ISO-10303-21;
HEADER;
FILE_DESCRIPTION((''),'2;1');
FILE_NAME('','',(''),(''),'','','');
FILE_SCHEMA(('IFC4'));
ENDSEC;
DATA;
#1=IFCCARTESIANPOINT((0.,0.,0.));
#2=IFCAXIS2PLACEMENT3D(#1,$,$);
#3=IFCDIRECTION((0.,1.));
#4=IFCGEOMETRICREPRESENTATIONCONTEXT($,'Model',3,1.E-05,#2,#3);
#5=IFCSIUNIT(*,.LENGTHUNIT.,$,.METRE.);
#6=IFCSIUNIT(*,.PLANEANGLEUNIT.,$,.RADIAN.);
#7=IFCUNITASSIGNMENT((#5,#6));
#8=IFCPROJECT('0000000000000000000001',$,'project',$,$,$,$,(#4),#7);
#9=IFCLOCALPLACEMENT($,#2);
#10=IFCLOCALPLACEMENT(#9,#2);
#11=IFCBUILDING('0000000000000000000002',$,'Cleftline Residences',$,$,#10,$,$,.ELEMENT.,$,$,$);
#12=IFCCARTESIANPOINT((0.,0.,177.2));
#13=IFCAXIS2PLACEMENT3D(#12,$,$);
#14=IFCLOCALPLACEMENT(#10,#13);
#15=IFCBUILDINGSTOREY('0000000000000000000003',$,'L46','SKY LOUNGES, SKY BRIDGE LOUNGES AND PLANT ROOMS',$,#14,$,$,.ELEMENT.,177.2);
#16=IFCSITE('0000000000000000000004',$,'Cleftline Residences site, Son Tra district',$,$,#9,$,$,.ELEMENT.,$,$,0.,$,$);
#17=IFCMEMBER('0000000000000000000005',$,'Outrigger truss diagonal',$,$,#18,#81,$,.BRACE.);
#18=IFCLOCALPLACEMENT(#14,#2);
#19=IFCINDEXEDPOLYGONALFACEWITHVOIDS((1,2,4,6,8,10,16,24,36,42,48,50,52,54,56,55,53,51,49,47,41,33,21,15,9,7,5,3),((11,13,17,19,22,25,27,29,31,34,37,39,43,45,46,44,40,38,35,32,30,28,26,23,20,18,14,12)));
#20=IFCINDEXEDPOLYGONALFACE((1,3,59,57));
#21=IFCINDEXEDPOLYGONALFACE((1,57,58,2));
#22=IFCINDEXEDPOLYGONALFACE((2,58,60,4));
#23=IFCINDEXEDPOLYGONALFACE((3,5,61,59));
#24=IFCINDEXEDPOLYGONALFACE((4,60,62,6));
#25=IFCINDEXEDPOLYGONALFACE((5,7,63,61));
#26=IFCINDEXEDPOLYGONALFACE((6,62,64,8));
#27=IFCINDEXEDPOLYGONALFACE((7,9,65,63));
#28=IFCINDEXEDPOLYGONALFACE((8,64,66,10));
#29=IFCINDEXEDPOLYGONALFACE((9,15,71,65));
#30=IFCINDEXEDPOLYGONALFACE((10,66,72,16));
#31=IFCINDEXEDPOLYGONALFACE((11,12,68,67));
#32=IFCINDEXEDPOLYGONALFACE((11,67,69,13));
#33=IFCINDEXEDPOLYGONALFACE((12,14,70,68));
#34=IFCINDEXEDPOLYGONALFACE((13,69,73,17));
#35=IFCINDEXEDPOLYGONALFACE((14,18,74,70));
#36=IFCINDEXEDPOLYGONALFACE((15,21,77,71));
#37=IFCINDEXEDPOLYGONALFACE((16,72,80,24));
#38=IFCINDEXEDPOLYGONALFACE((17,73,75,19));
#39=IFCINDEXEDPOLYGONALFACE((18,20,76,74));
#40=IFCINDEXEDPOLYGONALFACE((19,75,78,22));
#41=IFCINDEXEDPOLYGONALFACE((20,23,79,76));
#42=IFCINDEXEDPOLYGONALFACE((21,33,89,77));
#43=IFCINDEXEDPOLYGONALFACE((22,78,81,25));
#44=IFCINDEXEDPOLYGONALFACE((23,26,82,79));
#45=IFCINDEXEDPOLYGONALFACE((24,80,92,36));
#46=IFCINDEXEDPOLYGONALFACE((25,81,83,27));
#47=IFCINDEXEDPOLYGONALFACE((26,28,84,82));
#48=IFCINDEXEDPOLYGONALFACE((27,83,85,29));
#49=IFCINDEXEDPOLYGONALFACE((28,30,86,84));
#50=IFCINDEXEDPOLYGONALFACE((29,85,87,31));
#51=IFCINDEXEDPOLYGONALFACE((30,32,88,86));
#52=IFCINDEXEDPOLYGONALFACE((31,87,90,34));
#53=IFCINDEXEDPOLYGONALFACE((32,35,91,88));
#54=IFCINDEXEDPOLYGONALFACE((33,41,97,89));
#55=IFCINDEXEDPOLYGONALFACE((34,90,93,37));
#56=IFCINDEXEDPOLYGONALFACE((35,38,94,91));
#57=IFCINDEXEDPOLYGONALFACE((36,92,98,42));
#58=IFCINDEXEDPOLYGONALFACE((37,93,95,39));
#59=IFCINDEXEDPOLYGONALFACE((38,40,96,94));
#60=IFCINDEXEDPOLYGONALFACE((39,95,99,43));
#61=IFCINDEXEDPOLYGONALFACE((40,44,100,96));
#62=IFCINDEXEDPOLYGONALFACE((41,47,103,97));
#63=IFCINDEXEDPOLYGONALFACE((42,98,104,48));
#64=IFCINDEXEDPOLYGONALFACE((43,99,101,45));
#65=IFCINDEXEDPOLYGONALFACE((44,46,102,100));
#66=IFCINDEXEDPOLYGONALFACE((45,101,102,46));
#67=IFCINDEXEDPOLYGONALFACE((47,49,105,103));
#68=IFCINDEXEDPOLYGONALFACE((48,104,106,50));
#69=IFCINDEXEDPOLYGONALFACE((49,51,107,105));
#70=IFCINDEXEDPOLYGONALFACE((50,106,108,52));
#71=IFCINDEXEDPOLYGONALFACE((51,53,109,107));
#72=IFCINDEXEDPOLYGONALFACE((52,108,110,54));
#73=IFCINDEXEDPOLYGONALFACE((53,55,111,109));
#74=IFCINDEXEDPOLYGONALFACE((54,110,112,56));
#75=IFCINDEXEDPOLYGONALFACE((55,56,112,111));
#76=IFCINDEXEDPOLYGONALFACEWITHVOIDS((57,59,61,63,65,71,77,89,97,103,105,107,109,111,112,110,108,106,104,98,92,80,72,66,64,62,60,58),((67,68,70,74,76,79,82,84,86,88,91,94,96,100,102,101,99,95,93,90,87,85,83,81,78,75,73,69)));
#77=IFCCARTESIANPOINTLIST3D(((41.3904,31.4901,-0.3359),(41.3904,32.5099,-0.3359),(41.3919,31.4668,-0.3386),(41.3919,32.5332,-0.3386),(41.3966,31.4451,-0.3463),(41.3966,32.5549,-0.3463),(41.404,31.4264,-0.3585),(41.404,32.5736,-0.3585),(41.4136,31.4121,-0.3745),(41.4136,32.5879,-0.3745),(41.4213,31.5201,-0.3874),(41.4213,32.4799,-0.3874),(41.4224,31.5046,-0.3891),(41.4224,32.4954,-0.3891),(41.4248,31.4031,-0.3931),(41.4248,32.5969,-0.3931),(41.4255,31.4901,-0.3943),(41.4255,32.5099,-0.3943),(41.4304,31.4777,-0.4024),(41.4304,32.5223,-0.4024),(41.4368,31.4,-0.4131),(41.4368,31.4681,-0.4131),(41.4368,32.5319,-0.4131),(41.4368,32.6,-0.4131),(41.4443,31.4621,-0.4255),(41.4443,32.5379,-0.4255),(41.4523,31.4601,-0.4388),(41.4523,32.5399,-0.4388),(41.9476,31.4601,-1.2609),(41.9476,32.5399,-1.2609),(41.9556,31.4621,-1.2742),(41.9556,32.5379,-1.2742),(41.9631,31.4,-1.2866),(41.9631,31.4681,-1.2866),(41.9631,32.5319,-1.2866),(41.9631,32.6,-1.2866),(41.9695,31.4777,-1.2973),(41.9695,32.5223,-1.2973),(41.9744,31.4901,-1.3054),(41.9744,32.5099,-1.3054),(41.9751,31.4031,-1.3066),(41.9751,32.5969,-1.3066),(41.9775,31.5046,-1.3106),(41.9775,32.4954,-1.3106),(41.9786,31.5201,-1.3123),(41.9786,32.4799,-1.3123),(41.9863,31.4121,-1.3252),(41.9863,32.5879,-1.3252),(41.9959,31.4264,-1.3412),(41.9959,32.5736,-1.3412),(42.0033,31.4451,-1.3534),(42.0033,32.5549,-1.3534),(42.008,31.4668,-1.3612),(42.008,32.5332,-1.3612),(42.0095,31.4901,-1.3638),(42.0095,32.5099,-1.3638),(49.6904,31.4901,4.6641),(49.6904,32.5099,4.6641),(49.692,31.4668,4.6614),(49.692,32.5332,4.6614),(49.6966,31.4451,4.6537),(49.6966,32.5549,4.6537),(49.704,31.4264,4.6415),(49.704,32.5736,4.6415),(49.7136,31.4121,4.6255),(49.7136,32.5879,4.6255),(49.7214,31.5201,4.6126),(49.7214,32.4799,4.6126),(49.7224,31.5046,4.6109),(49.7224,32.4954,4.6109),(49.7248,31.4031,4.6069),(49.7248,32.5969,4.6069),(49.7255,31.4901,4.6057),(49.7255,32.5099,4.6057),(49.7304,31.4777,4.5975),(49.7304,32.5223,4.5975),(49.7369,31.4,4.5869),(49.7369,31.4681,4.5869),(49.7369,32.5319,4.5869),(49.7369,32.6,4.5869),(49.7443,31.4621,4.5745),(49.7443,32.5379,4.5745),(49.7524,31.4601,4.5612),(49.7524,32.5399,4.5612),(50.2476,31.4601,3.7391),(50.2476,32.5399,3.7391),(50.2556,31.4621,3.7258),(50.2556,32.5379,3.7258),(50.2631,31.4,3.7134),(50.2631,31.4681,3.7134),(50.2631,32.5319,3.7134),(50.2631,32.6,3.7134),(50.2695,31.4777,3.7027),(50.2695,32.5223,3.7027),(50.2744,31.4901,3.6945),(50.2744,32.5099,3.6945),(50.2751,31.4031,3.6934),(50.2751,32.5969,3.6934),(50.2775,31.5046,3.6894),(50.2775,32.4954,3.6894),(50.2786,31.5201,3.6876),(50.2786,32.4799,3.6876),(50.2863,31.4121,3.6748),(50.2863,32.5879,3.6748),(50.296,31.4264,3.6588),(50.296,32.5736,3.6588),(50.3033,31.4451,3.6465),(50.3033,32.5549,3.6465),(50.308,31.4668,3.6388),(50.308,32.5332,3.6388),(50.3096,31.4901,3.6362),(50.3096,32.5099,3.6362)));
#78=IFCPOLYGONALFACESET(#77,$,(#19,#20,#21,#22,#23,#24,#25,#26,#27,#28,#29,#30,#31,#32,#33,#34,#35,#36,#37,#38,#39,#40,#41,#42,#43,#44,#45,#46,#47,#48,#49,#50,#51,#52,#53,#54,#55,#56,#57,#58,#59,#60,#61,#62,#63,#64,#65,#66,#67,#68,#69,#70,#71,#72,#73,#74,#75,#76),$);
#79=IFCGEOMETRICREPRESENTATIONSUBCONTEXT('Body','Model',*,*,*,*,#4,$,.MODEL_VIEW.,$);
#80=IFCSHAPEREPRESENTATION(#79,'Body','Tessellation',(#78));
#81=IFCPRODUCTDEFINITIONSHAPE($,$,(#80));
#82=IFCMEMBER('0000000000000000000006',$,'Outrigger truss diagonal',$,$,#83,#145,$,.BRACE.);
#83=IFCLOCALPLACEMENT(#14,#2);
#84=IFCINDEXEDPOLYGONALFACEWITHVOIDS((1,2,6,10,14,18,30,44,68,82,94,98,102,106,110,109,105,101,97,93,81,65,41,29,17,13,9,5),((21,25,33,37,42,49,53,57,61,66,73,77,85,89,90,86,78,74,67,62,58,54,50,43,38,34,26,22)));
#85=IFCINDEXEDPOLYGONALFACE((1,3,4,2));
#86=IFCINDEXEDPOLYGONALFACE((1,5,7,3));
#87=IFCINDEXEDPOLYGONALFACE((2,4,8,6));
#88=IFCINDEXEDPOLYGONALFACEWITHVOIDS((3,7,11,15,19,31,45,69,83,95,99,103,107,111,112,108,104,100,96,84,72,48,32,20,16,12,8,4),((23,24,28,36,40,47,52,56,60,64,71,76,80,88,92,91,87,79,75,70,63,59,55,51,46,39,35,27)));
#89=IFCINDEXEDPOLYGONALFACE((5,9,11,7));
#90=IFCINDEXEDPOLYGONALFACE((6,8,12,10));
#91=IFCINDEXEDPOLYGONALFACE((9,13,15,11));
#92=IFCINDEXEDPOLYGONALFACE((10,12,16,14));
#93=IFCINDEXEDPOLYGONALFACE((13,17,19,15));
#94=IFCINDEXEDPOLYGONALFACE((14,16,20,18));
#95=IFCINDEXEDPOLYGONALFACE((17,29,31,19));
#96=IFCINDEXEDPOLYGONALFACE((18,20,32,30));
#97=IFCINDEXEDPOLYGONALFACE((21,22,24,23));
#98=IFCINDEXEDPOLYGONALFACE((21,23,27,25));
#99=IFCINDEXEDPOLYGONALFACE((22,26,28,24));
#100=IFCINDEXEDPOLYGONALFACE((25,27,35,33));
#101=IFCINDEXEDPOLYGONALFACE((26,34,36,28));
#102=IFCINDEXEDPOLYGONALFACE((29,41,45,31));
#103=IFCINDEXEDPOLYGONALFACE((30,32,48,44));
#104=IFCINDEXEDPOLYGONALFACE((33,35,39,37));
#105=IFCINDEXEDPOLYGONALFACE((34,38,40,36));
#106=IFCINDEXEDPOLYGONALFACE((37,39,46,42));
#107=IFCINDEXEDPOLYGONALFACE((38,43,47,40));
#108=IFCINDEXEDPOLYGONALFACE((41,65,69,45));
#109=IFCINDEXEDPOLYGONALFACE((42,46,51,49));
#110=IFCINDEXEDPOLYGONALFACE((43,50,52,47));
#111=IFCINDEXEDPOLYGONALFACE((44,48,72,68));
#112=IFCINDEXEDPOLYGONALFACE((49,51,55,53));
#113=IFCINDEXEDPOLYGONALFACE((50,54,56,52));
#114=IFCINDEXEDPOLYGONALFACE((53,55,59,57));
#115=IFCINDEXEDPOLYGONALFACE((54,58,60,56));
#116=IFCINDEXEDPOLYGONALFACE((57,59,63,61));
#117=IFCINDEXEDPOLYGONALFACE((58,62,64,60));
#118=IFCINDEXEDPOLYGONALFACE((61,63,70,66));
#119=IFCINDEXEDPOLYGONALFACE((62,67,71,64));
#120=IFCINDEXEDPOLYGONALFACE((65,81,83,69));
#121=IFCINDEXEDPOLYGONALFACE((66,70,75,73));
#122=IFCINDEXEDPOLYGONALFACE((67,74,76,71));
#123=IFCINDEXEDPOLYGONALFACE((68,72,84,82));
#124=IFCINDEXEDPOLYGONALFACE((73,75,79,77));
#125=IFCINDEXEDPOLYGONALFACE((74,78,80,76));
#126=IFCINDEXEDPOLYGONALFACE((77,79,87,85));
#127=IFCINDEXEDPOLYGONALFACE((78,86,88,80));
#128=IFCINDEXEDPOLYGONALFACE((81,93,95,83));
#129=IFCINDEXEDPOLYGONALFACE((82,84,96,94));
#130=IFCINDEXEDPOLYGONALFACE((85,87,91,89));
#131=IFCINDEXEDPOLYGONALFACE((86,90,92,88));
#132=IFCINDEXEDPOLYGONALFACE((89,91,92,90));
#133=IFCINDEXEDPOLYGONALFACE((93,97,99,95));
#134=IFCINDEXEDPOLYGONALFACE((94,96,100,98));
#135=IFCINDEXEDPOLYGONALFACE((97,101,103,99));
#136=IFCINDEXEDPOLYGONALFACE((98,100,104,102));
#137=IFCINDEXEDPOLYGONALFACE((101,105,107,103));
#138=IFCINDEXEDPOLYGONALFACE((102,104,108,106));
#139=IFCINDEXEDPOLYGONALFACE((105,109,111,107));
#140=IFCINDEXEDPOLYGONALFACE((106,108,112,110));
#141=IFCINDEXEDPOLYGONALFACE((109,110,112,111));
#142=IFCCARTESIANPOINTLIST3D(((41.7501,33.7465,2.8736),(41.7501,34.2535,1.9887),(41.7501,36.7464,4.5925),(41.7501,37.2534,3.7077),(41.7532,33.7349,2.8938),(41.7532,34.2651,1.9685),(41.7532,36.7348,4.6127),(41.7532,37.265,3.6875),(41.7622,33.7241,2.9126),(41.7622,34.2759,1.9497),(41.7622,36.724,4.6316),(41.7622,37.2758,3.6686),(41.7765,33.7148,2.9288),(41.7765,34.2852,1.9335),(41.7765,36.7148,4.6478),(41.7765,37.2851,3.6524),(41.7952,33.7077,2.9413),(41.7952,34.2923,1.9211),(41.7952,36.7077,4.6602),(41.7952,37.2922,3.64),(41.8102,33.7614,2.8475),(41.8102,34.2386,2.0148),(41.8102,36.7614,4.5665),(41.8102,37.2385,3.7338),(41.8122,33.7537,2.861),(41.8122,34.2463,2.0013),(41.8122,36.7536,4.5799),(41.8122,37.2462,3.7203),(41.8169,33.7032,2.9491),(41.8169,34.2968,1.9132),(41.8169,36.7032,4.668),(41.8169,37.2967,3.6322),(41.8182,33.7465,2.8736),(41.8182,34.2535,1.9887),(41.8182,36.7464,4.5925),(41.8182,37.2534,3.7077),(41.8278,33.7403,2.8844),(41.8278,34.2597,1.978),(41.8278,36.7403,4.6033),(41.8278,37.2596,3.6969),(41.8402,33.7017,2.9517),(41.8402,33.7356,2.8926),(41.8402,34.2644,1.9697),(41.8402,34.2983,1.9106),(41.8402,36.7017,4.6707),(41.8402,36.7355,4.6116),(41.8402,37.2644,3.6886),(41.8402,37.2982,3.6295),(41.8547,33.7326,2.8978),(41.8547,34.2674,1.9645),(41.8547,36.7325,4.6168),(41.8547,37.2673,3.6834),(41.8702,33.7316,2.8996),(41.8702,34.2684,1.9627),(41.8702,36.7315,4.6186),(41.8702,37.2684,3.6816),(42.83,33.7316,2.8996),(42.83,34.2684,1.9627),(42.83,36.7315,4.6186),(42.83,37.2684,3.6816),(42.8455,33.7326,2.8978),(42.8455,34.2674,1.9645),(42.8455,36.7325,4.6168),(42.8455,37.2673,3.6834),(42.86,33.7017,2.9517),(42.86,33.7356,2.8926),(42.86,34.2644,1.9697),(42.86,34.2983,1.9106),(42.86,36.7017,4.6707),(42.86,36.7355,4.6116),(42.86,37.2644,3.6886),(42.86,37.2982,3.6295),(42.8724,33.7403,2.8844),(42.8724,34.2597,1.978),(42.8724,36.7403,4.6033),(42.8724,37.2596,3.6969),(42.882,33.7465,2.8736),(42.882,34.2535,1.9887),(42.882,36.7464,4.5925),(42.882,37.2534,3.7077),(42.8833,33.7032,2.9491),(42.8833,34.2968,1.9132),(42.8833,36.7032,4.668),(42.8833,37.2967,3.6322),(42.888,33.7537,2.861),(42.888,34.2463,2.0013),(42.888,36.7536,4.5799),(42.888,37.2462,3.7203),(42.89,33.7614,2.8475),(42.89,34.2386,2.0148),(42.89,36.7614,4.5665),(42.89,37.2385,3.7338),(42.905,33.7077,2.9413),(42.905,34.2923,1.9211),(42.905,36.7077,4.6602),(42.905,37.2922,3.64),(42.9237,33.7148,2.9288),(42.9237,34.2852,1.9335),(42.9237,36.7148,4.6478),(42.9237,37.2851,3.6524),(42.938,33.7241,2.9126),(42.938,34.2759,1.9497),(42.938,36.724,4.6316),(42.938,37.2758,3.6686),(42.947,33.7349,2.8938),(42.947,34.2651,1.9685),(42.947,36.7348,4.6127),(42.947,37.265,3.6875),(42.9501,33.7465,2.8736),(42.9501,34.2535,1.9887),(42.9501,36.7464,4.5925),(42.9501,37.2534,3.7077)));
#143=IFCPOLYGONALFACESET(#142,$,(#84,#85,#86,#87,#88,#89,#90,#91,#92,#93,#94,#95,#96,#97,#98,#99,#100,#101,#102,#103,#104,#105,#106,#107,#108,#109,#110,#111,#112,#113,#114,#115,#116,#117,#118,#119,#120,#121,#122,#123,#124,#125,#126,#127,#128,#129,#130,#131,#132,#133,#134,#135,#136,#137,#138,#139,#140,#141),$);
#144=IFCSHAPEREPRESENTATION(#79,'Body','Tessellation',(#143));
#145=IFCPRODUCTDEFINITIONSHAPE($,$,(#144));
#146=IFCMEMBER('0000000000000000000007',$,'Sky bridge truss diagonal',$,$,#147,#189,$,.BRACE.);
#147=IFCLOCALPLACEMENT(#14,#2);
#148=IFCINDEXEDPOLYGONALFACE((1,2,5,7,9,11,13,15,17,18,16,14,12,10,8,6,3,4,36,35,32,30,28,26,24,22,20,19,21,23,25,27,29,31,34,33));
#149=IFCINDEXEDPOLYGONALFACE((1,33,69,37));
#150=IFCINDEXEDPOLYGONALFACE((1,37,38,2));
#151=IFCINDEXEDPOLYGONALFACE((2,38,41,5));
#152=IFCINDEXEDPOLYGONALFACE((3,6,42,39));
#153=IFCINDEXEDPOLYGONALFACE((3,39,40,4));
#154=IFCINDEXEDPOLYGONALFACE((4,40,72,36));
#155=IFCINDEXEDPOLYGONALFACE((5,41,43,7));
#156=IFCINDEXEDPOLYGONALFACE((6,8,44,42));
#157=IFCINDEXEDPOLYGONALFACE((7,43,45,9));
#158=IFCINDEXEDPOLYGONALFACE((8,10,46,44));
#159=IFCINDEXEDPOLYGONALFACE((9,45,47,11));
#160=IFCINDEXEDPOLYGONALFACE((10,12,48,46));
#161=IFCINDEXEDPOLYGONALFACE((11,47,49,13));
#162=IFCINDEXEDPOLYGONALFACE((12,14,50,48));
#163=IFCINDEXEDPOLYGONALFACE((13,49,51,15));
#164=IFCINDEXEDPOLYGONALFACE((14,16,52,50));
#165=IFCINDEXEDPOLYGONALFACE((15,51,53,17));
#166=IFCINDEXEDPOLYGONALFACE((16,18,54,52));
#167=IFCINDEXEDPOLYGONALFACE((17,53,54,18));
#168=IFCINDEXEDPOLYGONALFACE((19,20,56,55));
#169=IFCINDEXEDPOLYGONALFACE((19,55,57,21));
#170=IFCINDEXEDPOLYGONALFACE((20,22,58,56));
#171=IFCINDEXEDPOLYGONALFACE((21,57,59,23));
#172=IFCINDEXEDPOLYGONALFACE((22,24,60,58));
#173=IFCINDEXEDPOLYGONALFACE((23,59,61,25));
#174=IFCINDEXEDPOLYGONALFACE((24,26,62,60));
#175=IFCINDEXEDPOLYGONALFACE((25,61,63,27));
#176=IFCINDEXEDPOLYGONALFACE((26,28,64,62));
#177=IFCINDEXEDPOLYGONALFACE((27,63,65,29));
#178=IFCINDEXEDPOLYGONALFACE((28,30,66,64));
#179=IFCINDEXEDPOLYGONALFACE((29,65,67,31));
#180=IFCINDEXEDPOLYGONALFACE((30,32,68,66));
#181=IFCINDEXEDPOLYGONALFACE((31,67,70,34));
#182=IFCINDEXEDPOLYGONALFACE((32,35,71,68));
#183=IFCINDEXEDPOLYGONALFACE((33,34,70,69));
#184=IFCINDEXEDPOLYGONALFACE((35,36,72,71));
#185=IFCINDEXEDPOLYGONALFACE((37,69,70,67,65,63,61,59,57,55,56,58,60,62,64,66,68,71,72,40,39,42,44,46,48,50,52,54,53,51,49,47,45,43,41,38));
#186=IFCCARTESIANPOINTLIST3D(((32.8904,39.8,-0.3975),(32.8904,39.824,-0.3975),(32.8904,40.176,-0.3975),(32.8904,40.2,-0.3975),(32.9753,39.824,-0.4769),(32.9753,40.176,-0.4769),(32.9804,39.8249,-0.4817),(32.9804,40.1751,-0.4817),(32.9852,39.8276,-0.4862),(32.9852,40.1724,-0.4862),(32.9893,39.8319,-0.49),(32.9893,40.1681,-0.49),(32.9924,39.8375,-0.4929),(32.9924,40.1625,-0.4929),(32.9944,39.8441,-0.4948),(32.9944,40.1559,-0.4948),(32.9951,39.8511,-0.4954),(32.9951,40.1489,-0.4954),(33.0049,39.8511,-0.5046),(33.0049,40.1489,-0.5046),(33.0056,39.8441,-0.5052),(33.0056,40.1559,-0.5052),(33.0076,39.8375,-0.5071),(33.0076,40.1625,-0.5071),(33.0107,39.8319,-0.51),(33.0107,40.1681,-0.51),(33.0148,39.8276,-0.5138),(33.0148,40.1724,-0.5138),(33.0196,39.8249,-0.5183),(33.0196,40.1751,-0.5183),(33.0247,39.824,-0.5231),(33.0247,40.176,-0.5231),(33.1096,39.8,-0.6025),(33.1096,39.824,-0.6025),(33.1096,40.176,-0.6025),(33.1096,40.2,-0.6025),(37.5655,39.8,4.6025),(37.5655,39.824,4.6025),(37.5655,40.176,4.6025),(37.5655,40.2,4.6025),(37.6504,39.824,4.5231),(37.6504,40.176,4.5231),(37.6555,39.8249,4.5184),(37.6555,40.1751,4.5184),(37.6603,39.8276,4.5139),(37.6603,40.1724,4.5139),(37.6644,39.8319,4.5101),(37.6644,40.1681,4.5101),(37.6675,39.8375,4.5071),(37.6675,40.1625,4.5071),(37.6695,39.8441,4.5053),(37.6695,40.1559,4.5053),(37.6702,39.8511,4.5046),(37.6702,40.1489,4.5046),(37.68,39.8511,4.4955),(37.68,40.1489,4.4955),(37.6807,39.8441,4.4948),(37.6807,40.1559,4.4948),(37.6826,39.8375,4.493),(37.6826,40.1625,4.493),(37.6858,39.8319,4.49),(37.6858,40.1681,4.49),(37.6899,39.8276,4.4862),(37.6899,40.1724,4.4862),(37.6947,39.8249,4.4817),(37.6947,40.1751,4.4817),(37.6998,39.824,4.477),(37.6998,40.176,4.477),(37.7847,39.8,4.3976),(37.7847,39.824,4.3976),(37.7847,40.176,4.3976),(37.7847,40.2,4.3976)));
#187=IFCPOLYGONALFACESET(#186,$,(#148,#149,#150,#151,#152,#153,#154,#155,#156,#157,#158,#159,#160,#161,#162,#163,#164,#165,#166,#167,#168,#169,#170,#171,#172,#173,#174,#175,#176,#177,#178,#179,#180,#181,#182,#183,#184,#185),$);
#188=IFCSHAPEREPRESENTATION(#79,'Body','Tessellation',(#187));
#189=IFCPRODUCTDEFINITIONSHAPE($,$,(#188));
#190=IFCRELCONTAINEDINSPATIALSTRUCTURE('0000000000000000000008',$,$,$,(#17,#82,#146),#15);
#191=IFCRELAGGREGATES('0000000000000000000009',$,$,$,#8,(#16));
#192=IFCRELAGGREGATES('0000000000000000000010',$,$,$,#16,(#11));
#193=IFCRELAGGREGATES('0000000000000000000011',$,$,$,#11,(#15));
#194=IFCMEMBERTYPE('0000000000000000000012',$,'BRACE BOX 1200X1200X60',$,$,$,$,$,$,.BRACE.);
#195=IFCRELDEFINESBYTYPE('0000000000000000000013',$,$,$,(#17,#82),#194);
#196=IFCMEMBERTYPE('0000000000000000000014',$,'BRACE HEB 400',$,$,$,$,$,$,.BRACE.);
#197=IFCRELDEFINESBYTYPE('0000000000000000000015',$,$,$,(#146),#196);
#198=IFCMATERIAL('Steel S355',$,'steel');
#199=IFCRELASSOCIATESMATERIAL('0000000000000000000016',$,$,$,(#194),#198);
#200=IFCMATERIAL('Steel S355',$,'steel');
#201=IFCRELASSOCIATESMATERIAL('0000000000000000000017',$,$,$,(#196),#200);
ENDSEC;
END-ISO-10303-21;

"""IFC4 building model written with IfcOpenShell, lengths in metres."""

from ifc_helpers import new_model, si_unit, direction, frame, origin, origin_2d, place, context, subcontext, project, spatial, hollow_rectangle, i_section, extrude, material, material_profile, profile_set, type_object, element, save


model = new_model("IFC4")

# Units and contexts
model_context = context("Model", 3, precision=1e-05, world=origin(), true_north=direction((0.0, 1.0)))
body_context = subcontext(model_context, "Body", "Model", "MODEL_VIEW")
ifc_project = project(units=[si_unit("LENGTHUNIT", "METRE"), si_unit("PLANEANGLEUNIT", "RADIAN")], contexts=[model_context])

# Site, building, storey
site_placement = place(None, origin())
site = spatial("IfcSite", under=ifc_project, at=site_placement, Name="Cleftline Residences site, Son Tra district", CompositionType="ELEMENT", RefElevation=0.0)
building_placement = place(site_placement, origin())
building = spatial("IfcBuilding", under=site, at=building_placement, Name="Cleftline Residences", CompositionType="ELEMENT")
storey_placement = place(building_placement, frame((0.0, 0.0, 177.2)))
storey = spatial("IfcBuildingStorey", under=building, at=storey_placement, Name="L46", Description="SKY LOUNGES, SKY BRIDGE LOUNGES AND PLANT ROOMS", CompositionType="ELEMENT", Elevation=177.2)

# Members
ifc_material_1 = material(Name="Steel S355", Category="steel")
ifc_material_profile_1 = material_profile(ifc_material_1, hollow_rectangle(XDim=1.2, YDim=1.2, WallThickness=0.0601, InnerFilletRadius=0.0601, OuterFilletRadius=0.0901, at=origin_2d()))
ifc_profile_set_1 = profile_set([ifc_material_profile_1], Name="Steel S355")
member_type_1 = type_object("IfcMemberType", Name="BRACE BOX 1200X1200X60", PredefinedType="BRACE", material=ifc_profile_set_1)
member_1_placement = place(storey_placement, frame((41.7, 32.0, -0.8499), z_axis=(0.856582, 0.0, 0.51601), x_axis=(-0.51601, 0.0, 0.856582)))
element("IfcMember", 1, at=member_1_placement, inside=storey, type_object=member_type_1, Name="Outrigger truss diagonal", PredefinedType="BRACE", context=body_context, shape_type="SweptSolid", body=[
    extrude(hollow_rectangle(XDim=1.2, YDim=1.2, WallThickness=0.0601, InnerFilletRadius=0.0601, OuterFilletRadius=0.0901, at=origin_2d()), origin(), (0.0, 0.0, 1.0), 9.6897),
])
member_2_placement = place(storey_placement, frame((42.3501, 34.0, 2.4312), z_axis=(0.0, 0.867656, 0.497165), x_axis=(0.0, -0.497165, 0.867656)))
element("IfcMember", 2, at=member_2_placement, inside=storey, type_object=member_type_1, Name="Outrigger truss diagonal", PredefinedType="BRACE", context=body_context, shape_type="SweptSolid", body=[
    extrude(hollow_rectangle(XDim=1.2, YDim=1.2, WallThickness=0.0601, InnerFilletRadius=0.0601, OuterFilletRadius=0.0901, at=origin_2d()), origin(), (0.0, 0.0, 1.0), 3.4575),
])
ifc_material_2 = material(Name="Steel S355", Category="steel")
ifc_material_profile_2 = material_profile(ifc_material_2, i_section(OverallWidth=0.3, OverallDepth=0.3999, WebThickness=0.0134, FlangeThickness=0.0239, FilletRadius=0.0271, at=origin_2d()))
ifc_profile_set_2 = profile_set([ifc_material_profile_2], Name="Steel S355")
member_type_2 = type_object("IfcMemberType", Name="BRACE HEB 400", PredefinedType="BRACE", material=ifc_profile_set_2)
for number, where, z_axis, x_axis, name in (
    (3, (33.0, 40.0, -0.5), (0.682972, 0.0, 0.730444), (-0.730444, 0.0, 0.682972), "Sky bridge truss diagonal"),
):
    element("IfcMember", number, at=place(storey_placement, frame(where, z_axis=z_axis, x_axis=x_axis)), inside=storey, type_object=member_type_2, Name=name, PredefinedType="BRACE", context=body_context, shape_type="SweptSolid", body=[
        extrude(i_section(OverallWidth=0.3, OverallDepth=0.3999, WebThickness=0.0134, FlangeThickness=0.0239, FilletRadius=0.0271, at=origin_2d()), origin(), (0.0, 0.0, 1.0), 6.8452),
    ])

save(model, "model.ifc")
